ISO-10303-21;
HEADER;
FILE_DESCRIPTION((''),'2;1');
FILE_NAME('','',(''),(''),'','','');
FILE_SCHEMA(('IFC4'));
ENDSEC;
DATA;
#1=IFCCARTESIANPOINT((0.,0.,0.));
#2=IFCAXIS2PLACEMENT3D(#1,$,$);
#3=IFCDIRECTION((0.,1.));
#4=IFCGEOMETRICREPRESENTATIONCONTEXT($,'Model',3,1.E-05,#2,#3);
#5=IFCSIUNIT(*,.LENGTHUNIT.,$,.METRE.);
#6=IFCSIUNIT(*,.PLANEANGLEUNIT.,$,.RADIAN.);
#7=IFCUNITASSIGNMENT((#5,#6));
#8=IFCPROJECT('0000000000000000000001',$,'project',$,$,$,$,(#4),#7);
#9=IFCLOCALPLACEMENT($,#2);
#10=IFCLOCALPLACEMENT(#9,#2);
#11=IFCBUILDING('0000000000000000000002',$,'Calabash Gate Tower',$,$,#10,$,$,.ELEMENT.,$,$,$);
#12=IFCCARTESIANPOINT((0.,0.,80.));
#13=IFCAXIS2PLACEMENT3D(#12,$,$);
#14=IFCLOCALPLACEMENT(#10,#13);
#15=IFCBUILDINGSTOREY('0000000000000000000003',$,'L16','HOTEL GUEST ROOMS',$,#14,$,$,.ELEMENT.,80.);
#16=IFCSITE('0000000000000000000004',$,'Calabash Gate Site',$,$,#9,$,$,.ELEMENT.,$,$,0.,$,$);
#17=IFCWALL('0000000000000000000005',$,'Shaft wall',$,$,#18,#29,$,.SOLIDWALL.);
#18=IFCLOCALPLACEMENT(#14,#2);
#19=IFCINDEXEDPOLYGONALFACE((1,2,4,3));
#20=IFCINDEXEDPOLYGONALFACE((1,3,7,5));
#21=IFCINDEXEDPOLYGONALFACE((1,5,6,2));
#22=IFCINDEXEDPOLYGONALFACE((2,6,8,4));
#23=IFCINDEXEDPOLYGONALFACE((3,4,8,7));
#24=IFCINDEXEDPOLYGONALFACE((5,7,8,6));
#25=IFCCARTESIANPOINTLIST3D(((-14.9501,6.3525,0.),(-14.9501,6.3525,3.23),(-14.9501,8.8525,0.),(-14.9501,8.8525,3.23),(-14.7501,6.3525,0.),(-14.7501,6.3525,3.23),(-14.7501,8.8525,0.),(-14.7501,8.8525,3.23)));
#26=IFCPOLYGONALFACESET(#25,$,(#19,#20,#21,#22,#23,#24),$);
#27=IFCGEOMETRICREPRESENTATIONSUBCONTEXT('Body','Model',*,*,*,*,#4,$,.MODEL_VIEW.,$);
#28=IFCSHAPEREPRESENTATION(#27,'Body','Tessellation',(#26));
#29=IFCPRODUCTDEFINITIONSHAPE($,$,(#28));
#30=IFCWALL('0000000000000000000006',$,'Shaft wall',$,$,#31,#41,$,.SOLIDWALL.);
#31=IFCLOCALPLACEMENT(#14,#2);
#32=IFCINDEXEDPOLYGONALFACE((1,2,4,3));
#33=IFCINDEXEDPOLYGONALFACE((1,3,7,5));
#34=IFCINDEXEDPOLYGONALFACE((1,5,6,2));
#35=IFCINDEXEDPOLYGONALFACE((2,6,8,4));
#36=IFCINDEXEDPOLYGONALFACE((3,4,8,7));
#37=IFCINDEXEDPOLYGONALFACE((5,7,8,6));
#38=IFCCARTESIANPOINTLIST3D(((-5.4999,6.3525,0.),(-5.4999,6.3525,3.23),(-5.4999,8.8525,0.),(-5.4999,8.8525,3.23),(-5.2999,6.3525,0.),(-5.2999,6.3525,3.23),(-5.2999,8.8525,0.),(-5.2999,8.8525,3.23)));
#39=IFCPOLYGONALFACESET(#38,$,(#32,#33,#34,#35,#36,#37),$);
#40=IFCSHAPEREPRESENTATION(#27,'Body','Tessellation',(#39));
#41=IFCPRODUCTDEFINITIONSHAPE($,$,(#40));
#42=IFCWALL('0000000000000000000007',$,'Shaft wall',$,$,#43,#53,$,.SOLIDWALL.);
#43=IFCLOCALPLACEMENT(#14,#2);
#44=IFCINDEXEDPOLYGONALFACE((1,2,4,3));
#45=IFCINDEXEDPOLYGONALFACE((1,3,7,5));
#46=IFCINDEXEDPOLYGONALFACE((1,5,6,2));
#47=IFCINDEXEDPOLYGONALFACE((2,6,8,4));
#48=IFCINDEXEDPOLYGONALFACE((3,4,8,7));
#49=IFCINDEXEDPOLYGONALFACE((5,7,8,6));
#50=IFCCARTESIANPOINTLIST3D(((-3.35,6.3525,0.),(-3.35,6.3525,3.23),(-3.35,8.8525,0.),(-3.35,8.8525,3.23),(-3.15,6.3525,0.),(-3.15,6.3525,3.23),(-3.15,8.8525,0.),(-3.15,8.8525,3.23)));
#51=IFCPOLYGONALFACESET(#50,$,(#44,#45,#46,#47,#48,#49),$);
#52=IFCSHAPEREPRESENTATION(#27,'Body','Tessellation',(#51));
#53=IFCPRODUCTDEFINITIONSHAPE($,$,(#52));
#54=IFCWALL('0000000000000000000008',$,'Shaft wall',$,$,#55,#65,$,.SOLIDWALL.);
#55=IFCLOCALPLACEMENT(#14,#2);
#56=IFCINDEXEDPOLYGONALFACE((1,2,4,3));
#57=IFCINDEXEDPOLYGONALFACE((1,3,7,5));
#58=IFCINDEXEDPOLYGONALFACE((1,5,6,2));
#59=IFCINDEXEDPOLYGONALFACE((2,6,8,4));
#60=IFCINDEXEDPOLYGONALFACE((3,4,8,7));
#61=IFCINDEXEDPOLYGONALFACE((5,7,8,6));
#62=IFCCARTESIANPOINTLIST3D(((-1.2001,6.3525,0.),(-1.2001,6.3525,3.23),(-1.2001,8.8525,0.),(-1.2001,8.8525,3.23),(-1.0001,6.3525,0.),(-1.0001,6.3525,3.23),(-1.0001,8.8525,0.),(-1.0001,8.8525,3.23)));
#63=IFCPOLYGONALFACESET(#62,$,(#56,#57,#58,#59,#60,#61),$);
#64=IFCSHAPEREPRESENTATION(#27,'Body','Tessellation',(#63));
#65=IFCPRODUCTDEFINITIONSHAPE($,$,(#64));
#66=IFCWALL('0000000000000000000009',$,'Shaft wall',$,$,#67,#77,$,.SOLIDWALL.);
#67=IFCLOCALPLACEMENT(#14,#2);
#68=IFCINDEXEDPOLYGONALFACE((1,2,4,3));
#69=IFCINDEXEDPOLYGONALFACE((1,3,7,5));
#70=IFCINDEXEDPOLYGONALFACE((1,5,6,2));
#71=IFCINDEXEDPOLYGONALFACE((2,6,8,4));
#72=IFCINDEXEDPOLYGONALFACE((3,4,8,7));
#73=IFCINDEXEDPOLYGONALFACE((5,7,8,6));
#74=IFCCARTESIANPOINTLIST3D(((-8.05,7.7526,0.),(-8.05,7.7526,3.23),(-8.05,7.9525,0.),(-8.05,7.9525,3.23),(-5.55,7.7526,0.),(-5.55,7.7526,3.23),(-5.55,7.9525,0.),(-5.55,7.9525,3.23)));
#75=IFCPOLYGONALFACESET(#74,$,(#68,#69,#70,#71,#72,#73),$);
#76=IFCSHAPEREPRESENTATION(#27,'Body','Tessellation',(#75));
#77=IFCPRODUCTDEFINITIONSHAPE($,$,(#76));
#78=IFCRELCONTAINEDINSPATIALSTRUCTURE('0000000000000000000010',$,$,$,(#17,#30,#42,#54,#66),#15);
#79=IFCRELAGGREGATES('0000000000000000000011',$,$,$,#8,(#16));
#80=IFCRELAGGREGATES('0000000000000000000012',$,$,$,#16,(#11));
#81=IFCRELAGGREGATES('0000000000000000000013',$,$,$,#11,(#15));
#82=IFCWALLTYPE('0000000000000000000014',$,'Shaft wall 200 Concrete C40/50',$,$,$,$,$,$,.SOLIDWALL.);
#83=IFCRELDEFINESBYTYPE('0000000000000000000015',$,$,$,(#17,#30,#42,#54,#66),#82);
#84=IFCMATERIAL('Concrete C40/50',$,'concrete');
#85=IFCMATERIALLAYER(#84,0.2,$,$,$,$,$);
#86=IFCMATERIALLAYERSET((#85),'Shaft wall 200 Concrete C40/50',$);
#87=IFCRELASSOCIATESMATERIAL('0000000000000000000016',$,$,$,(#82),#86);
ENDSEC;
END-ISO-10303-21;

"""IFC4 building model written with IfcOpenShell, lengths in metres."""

from ifc_helpers import new_model, si_unit, direction, frame, frame_2d, origin, place, context, subcontext, project, spatial, rectangle, extrude, material, layer, layer_set, type_object, element, save


model = new_model("IFC4")

# Units and contexts
model_context = context("Model", 3, precision=1e-05, world=origin(), true_north=direction((0.0, 1.0)))
body_context = subcontext(model_context, "Body", "Model", "MODEL_VIEW")
ifc_project = project(units=[si_unit("LENGTHUNIT", "METRE"), si_unit("PLANEANGLEUNIT", "RADIAN")], contexts=[model_context])

# Site, building, storey
site_placement = place(None, origin())
site = spatial("IfcSite", under=ifc_project, at=site_placement, Name="Calabash Gate Site", CompositionType="ELEMENT", RefElevation=0.0)
building_placement = place(site_placement, origin())
building = spatial("IfcBuilding", under=site, at=building_placement, Name="Calabash Gate Tower", CompositionType="ELEMENT")
storey_placement = place(building_placement, frame((0.0, 0.0, 80.0)))
storey = spatial("IfcBuildingStorey", under=building, at=storey_placement, Name="L16", Description="HOTEL GUEST ROOMS", CompositionType="ELEMENT", Elevation=80.0)

# Walls
ifc_material_1 = material(Name="Concrete C40/50", Category="concrete")
ifc_layer_1 = layer(ifc_material_1, 0.2)
ifc_layer_set_1 = layer_set([ifc_layer_1], Name="Shaft wall 200 Concrete C40/50")
wall_type_1 = type_object("IfcWallType", Name="Shaft wall 200 Concrete C40/50", PredefinedType="SOLIDWALL", material=ifc_layer_set_1)
for number, where, z_axis, x_axis, name in (
    (1, (-14.8501, 6.3525, 0.0), (0.0, 0.0, 1.0), (0.0, 1.0, 0.0), "Shaft wall"),
    (2, (-5.3999, 6.3525, 0.0), (0.0, 0.0, 1.0), (0.0, 1.0, 0.0), "Shaft wall"),
    (3, (-3.25, 6.3525, 0.0), (0.0, 0.0, 1.0), (0.0, 1.0, 0.0), "Shaft wall"),
    (4, (-1.1001, 6.3525, 0.0), (0.0, 0.0, 1.0), (0.0, 1.0, 0.0), "Shaft wall"),
    (5, (-8.05, 7.8525, 0.0), (0.0, 0.0, 1.0), (1.0, 0.0, 0.0), "Shaft wall"),
):
    element("IfcWall", number, at=place(storey_placement, frame(where, z_axis=z_axis, x_axis=x_axis)), inside=storey, type_object=wall_type_1, Name=name, PredefinedType="SOLIDWALL", context=body_context, shape_type="SweptSolid", body=[
        extrude(rectangle(XDim=2.5, YDim=0.2, at=frame_2d((1.25, 0.0))), origin(), (0.0, 0.0, 1.0), 3.23),
    ])

save(model, "model.ifc")
